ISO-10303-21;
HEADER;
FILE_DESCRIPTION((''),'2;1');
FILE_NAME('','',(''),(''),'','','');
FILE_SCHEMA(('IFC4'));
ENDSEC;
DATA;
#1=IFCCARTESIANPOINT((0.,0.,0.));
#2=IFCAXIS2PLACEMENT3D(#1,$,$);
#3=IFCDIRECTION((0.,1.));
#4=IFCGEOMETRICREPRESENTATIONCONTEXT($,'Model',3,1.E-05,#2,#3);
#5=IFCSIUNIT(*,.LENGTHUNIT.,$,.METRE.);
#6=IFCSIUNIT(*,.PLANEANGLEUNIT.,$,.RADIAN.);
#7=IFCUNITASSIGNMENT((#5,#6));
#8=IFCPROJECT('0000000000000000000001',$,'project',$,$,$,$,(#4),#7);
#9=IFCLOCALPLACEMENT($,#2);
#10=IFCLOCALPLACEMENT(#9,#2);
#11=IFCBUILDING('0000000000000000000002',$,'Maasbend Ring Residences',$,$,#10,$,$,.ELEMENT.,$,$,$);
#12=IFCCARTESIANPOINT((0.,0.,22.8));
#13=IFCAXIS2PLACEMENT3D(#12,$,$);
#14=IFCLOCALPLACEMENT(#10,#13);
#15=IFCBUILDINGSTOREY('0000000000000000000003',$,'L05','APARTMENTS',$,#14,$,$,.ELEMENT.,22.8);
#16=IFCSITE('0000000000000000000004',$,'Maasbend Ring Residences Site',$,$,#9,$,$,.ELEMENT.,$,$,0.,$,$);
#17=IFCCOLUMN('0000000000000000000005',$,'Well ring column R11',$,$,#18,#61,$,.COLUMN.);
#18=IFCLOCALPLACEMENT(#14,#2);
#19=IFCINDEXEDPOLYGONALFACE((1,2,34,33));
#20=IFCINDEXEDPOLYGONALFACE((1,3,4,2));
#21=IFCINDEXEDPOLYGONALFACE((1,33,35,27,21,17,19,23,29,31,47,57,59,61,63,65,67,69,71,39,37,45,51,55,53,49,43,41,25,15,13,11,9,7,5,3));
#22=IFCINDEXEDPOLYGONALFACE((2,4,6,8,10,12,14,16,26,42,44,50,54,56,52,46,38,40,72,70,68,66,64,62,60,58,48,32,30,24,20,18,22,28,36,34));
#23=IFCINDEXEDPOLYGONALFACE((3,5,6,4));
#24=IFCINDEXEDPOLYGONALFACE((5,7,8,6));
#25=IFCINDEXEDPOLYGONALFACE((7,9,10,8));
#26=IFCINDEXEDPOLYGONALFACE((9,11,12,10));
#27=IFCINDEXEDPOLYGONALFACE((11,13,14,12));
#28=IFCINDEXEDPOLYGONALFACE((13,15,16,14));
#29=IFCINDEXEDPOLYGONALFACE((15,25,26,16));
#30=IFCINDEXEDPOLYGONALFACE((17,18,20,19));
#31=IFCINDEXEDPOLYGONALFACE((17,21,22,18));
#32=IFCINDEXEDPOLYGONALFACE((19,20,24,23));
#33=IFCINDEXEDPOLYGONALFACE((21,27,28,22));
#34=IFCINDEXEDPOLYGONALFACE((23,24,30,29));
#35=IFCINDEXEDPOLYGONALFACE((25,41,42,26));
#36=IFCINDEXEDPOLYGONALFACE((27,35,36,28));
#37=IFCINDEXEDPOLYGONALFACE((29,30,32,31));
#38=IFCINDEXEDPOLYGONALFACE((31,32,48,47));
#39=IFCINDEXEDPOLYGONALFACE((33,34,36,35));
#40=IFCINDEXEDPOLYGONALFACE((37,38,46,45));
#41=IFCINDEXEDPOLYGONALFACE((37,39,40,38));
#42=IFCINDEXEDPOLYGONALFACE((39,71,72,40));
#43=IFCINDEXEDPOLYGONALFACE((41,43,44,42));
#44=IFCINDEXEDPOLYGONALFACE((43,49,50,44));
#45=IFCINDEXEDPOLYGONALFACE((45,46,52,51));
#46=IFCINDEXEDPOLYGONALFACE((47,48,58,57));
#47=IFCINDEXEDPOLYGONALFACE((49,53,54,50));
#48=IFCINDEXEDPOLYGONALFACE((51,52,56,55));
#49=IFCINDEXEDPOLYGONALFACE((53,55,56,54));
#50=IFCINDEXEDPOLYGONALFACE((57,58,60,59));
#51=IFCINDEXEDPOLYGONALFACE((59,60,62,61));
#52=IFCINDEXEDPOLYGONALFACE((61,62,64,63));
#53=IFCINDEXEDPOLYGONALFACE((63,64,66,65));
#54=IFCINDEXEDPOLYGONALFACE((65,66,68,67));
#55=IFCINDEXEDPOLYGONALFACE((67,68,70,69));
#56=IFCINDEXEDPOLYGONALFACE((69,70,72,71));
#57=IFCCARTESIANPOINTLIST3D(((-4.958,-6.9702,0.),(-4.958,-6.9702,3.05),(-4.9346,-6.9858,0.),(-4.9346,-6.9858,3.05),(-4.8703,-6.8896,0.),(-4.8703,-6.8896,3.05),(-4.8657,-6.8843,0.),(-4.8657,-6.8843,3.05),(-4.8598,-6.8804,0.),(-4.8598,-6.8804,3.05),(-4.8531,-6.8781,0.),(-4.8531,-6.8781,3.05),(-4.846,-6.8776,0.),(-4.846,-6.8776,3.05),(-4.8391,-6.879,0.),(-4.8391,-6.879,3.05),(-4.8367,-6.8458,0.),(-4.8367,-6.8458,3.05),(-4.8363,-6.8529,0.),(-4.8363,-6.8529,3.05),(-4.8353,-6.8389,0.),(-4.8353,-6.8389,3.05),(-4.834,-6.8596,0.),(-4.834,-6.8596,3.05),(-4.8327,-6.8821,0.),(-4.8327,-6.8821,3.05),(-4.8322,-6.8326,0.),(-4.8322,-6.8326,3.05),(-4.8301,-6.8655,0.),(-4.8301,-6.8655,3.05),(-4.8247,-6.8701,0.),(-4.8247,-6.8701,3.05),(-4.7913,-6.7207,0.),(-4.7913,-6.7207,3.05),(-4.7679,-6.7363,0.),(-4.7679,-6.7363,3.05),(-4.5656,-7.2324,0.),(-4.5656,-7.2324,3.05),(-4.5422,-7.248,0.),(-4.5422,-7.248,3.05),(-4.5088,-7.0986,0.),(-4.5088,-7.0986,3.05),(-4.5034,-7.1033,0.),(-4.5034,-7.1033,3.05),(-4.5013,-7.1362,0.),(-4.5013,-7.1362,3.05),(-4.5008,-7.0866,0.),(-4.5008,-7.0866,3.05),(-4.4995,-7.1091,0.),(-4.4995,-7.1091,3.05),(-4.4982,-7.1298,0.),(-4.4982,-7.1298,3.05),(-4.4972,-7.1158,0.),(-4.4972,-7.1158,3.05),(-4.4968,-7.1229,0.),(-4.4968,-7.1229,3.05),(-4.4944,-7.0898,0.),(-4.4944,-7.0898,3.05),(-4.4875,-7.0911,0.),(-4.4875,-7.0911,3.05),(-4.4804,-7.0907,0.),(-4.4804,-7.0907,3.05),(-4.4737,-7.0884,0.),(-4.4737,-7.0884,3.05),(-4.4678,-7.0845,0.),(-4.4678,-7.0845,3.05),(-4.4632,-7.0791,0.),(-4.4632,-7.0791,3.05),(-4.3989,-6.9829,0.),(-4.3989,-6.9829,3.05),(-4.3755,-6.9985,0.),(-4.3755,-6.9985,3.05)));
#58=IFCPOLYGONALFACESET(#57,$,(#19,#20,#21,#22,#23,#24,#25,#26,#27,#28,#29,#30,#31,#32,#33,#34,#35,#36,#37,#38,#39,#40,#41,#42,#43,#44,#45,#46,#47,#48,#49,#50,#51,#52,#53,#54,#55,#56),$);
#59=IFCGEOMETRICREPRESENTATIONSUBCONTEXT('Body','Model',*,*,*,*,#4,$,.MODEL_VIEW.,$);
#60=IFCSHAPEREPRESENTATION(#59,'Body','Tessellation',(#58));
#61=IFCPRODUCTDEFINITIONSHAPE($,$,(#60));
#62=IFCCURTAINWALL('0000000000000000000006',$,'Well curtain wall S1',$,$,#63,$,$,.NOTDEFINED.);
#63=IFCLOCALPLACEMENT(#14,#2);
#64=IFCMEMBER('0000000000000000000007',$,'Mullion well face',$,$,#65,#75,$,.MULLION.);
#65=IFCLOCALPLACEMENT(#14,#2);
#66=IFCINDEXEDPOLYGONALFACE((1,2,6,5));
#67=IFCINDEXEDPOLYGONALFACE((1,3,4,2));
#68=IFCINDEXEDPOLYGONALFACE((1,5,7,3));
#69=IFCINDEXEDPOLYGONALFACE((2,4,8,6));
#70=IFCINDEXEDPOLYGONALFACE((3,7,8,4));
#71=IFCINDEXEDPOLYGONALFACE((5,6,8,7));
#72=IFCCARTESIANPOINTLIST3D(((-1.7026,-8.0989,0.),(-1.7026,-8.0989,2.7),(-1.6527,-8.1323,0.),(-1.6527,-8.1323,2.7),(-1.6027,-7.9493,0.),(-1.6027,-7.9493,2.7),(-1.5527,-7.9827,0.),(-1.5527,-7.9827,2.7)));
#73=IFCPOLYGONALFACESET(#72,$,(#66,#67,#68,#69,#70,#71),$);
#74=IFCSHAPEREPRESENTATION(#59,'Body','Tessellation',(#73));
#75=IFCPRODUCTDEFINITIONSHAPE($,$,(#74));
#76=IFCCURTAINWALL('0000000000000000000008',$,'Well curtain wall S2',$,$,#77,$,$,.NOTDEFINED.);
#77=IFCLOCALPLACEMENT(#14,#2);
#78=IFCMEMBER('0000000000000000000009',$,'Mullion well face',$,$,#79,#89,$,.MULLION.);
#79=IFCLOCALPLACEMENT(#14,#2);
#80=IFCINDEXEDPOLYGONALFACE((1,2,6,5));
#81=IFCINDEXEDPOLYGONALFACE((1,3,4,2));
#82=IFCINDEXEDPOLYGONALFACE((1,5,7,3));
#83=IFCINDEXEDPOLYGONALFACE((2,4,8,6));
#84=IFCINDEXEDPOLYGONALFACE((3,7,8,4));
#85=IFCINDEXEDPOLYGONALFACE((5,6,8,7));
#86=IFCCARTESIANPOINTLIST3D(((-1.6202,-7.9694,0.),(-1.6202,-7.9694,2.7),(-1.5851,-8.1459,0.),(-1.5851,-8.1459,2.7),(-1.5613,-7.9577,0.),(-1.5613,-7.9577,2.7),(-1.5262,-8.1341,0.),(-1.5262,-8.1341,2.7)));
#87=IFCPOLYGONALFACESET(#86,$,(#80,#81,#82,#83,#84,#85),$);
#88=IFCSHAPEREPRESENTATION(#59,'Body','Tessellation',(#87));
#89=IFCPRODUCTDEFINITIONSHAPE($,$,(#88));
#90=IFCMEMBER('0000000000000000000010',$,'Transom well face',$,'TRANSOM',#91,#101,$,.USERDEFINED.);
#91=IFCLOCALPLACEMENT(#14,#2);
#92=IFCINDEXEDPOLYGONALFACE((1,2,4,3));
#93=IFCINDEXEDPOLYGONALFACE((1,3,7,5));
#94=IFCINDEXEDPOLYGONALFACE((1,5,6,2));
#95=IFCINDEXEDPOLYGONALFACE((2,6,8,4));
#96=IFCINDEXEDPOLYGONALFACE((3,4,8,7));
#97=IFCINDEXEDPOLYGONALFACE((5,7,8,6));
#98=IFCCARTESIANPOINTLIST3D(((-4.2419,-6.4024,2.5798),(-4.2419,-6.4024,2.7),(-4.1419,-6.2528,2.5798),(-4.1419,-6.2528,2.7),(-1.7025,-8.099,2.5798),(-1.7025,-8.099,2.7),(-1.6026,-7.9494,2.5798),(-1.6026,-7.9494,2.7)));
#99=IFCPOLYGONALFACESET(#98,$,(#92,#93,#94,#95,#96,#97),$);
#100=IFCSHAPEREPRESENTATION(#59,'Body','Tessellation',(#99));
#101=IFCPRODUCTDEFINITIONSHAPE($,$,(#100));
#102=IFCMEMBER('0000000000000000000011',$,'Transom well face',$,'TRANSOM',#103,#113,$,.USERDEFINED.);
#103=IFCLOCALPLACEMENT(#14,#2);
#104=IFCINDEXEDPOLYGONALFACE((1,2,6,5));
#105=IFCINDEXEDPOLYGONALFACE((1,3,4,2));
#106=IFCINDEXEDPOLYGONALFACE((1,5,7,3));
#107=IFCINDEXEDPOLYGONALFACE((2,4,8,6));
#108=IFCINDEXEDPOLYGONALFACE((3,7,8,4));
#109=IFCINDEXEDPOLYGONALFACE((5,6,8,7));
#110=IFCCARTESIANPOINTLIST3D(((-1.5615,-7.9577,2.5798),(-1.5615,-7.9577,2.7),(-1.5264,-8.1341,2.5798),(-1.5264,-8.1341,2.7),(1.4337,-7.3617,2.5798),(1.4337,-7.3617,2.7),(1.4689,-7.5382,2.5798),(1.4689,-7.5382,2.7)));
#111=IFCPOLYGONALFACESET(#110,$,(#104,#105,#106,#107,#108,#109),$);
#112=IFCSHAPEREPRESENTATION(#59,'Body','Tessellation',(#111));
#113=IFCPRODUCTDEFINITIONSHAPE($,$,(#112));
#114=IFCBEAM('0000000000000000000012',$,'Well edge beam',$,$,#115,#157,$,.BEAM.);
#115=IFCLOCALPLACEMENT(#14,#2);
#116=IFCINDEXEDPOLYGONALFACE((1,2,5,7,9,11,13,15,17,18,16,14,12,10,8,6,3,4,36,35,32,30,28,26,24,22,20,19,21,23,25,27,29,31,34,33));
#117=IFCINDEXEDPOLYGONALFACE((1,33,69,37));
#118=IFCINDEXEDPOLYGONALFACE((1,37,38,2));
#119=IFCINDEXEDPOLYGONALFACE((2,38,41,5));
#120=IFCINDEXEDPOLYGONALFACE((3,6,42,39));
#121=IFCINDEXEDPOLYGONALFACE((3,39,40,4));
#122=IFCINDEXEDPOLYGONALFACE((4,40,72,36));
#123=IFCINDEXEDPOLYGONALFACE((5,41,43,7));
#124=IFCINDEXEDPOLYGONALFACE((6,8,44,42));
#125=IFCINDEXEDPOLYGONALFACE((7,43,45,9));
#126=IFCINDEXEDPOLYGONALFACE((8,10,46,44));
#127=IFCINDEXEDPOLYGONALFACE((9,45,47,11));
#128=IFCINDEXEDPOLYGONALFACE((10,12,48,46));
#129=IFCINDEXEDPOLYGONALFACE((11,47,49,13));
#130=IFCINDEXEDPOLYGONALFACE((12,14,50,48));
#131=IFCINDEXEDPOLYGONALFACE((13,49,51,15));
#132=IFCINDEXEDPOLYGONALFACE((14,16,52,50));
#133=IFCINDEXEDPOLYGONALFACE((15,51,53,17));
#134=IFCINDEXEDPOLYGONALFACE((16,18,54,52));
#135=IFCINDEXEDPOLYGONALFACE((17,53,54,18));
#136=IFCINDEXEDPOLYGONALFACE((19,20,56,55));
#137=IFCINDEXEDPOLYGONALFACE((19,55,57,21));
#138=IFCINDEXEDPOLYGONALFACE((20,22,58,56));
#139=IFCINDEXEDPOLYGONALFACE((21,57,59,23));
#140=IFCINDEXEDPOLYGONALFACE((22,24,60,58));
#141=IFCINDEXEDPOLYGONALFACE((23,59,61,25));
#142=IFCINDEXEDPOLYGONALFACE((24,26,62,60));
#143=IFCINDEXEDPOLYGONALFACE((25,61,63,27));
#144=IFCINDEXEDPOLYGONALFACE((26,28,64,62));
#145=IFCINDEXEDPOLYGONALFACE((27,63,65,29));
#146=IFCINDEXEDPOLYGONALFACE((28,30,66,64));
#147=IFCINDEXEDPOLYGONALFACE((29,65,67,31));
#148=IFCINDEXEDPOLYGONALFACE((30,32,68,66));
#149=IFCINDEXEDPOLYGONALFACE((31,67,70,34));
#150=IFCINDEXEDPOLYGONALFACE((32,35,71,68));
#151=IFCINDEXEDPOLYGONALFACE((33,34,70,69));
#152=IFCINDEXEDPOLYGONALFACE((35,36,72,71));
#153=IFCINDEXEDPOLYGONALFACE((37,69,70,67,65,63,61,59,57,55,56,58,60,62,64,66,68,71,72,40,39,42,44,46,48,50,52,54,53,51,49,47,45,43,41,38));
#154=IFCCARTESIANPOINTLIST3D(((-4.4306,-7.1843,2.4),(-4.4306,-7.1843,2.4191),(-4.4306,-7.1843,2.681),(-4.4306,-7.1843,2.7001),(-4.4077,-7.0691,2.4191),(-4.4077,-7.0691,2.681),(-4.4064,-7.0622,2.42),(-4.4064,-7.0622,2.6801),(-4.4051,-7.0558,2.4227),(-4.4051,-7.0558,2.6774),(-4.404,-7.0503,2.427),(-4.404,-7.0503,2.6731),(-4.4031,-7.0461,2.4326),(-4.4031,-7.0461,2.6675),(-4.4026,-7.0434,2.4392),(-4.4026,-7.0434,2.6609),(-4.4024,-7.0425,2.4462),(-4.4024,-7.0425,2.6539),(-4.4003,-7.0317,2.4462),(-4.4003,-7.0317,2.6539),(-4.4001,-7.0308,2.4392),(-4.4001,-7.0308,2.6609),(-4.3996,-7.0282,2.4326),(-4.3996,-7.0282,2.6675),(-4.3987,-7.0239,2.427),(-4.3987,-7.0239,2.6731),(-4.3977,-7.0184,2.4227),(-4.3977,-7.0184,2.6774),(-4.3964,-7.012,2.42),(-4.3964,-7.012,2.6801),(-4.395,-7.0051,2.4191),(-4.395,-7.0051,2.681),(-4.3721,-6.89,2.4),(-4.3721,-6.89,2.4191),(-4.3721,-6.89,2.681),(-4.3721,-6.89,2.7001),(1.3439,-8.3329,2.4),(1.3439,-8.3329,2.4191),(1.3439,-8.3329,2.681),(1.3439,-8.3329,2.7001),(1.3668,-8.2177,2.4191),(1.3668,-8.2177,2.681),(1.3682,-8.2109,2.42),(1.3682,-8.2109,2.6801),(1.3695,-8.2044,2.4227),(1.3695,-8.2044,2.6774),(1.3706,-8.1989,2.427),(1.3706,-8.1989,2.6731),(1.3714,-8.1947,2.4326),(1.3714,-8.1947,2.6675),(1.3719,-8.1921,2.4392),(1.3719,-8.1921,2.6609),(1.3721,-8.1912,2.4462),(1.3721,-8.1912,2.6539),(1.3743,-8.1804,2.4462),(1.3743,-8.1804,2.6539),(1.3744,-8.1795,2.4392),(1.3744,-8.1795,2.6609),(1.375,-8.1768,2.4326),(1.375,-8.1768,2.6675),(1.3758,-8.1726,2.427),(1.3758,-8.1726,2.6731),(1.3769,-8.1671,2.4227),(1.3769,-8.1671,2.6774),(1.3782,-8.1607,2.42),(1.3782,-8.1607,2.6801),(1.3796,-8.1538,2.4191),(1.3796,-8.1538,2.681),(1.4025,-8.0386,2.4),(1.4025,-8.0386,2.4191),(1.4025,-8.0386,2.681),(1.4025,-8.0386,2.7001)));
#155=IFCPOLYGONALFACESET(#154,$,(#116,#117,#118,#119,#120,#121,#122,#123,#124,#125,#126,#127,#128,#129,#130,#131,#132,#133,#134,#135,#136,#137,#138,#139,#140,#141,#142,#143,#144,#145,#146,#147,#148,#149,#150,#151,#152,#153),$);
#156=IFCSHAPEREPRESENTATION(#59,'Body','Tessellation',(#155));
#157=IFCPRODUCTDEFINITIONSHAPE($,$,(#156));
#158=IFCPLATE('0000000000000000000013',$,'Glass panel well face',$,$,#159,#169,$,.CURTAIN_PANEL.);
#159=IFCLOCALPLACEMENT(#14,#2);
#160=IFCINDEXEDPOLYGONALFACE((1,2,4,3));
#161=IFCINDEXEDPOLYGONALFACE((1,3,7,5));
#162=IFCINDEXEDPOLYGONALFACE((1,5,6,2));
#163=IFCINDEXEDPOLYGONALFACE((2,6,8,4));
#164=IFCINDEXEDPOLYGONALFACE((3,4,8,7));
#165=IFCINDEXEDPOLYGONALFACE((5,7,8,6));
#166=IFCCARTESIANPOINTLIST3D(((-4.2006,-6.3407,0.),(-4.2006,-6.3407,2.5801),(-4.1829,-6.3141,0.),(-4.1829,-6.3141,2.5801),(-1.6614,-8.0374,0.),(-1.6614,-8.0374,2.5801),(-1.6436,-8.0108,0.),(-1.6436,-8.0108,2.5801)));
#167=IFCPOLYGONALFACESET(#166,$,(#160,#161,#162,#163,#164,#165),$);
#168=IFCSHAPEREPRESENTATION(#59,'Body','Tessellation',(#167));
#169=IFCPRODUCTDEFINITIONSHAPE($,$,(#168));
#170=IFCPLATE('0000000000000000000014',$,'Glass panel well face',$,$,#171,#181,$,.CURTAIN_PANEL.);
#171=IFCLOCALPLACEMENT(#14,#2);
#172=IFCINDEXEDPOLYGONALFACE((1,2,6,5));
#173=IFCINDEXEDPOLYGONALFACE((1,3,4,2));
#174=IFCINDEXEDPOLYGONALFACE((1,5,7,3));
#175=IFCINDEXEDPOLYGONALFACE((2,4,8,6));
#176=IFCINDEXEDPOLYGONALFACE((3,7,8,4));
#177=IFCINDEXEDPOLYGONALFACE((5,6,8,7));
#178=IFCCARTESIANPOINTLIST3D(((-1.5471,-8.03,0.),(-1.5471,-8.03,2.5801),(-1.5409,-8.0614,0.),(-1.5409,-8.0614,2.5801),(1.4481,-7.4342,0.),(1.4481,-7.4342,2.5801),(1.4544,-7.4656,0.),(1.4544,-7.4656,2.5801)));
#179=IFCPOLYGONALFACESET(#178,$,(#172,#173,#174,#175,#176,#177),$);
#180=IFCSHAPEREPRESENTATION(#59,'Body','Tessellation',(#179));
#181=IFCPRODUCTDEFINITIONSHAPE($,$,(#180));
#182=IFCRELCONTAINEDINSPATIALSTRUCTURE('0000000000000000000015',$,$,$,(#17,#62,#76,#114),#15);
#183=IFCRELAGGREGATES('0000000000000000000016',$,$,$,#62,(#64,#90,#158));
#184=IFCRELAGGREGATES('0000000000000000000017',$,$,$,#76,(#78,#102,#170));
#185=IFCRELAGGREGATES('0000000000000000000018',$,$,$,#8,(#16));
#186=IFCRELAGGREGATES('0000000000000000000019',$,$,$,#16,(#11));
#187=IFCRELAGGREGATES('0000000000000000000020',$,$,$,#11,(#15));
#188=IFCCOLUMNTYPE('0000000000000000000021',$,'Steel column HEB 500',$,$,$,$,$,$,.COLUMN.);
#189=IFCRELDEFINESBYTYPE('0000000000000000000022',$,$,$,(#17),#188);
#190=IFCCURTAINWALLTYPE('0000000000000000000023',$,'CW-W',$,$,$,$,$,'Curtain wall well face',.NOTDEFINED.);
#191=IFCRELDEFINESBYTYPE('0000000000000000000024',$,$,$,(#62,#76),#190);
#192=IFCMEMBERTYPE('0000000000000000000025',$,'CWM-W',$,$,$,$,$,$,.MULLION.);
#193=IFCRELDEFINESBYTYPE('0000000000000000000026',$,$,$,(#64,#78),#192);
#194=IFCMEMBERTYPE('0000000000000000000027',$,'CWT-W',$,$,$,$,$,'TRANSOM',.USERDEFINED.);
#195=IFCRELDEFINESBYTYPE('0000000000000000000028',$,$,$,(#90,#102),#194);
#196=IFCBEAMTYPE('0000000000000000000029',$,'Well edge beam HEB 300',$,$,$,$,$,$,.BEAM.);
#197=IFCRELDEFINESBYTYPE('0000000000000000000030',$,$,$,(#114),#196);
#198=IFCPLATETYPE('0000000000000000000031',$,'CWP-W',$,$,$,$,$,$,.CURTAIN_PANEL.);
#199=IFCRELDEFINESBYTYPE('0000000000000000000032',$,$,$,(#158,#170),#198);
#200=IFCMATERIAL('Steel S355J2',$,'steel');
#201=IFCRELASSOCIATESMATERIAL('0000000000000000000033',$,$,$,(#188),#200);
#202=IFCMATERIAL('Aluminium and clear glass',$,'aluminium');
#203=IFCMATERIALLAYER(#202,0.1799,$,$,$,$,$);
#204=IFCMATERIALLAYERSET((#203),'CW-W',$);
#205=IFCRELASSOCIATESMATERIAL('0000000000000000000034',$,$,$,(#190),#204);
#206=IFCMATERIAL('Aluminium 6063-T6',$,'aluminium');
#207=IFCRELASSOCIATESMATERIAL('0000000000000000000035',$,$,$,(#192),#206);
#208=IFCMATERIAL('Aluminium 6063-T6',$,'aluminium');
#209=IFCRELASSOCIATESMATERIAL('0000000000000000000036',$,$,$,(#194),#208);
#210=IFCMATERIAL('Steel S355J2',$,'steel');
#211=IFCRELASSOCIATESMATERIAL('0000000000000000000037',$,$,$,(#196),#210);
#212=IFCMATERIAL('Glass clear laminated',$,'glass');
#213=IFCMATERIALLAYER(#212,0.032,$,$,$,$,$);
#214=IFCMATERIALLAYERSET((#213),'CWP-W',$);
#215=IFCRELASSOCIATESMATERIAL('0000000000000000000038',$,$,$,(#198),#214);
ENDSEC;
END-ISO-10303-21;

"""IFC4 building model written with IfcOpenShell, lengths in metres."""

from ifc_helpers import new_model, si_unit, direction, frame, origin, origin_2d, place, context, subcontext, project, spatial, rectangle, i_section, extrude, material, layer, layer_set, material_profile, profile_set, type_object, element, aggregate, save


model = new_model("IFC4")

# Units and contexts
model_context = context("Model", 3, precision=1e-05, world=origin(), true_north=direction((0.0, 1.0)))
body_context = subcontext(model_context, "Body", "Model", "MODEL_VIEW")
ifc_project = project(units=[si_unit("LENGTHUNIT", "METRE"), si_unit("PLANEANGLEUNIT", "RADIAN")], contexts=[model_context])

# Site, building, storey
site_placement = place(None, origin())
site = spatial("IfcSite", under=ifc_project, at=site_placement, Name="Maasbend Ring Residences Site", CompositionType="ELEMENT", RefElevation=0.0)
building_placement = place(site_placement, origin())
building = spatial("IfcBuilding", under=site, at=building_placement, Name="Maasbend Ring Residences", CompositionType="ELEMENT")
storey_placement = place(building_placement, frame((0.0, 0.0, 22.8)))
storey = spatial("IfcBuildingStorey", under=building, at=storey_placement, Name="L05", Description="APARTMENTS", CompositionType="ELEMENT", Elevation=22.8)

# Column
ifc_material_1 = material(Name="Steel S355J2", Category="steel")
ifc_material_profile_1 = material_profile(ifc_material_1, i_section(OverallWidth=0.3, OverallDepth=0.5, WebThickness=0.0144, FlangeThickness=0.0281, FilletRadius=0.0271, at=origin_2d()), Name="HEB 500")
ifc_profile_set_1 = profile_set([ifc_material_profile_1], Name="Steel S355J2")
column_type = type_object("IfcColumnType", Name="Steel column HEB 500", PredefinedType="COLUMN", material=ifc_profile_set_1)
column_placement = place(storey_placement, frame((-4.6667, -6.9844, 0.0), z_axis=(0.0, 0.0, 1.0), x_axis=(-0.55557, -0.83147, 0.0)))
element("IfcColumn", 1, at=column_placement, inside=storey, type_object=column_type, Name="Well ring column R11", PredefinedType="COLUMN", context=body_context, shape_type="SweptSolid", body=[
    extrude(i_section(OverallWidth=0.3, OverallDepth=0.5, WebThickness=0.0144, FlangeThickness=0.0281, FilletRadius=0.0271, at=origin_2d()), origin(), (0.0, 0.0, 1.0), 3.05),
])

# Curtain walls, members
ifc_material_2 = material(Name="Aluminium and clear glass", Category="aluminium")
ifc_layer_1 = layer(ifc_material_2, 0.1799)
ifc_layer_set_1 = layer_set([ifc_layer_1], Name="CW-W")
curtain_wall_type = type_object("IfcCurtainWallType", Name="CW-W", ElementType="Curtain wall well face", PredefinedType="NOTDEFINED", material=ifc_layer_set_1)
curtain_wall_1_placement = place(storey_placement, origin())
curtain_wall_1 = element("IfcCurtainWall", 2, at=curtain_wall_1_placement, inside=storey, type_object=curtain_wall_type, Name="Well curtain wall S1", PredefinedType="NOTDEFINED")
ifc_material_3 = material(Name="Aluminium 6063-T6", Category="aluminium")
ifc_material_profile_2 = material_profile(ifc_material_3, rectangle(XDim=0.1799, YDim=0.0601, at=origin_2d()), Name="AL 180x60")
ifc_profile_set_2 = profile_set([ifc_material_profile_2], Name="Aluminium 6063-T6")
member_type_1 = type_object("IfcMemberType", Name="CWM-W", PredefinedType="MULLION", material=ifc_profile_set_2)
member_1_placement = place(storey_placement, frame((-1.6277, -8.0408, 0.0), z_axis=(0.0, 0.0, 1.0), x_axis=(0.55557, 0.83147, 0.0)))
member_1 = element("IfcMember", 3, at=member_1_placement, type_object=member_type_1, Name="Mullion well face", PredefinedType="MULLION", context=body_context, shape_type="SweptSolid", body=[
    extrude(rectangle(XDim=0.1799, YDim=0.0601, at=origin_2d()), origin(), (0.0, 0.0, 1.0), 2.7),
])
curtain_wall_2_placement = place(storey_placement, origin())
curtain_wall_2 = element("IfcCurtainWall", 4, at=curtain_wall_2_placement, inside=storey, type_object=curtain_wall_type, Name="Well curtain wall S2", PredefinedType="NOTDEFINED")
member_2_placement = place(storey_placement, frame((-1.5732, -8.0518, 0.0), z_axis=(0.0, 0.0, 1.0), x_axis=(-0.19509, 0.980785, 0.0)))
member_2 = element("IfcMember", 5, at=member_2_placement, type_object=member_type_1, Name="Mullion well face", PredefinedType="MULLION", context=body_context, shape_type="SweptSolid", body=[
    extrude(rectangle(XDim=0.1799, YDim=0.0601, at=origin_2d()), origin(), (0.0, 0.0, 1.0), 2.7),
])

# Members
ifc_material_4 = material(Name="Aluminium 6063-T6", Category="aluminium")
ifc_material_profile_3 = material_profile(ifc_material_4, rectangle(XDim=0.1799, YDim=0.1201, at=origin_2d()), Name="AL 180x120")
ifc_profile_set_3 = profile_set([ifc_material_profile_3], Name="Aluminium 6063-T6")
member_type_2 = type_object("IfcMemberType", Name="CWT-W", ElementType="TRANSOM", PredefinedType="USERDEFINED", material=ifc_profile_set_3)
member_3_placement = place(storey_placement, frame((-4.1919, -6.3276, 2.6399), z_axis=(0.831496, -0.55553, 0.0), x_axis=(0.55553, 0.831496, 0.0)))
member_3 = element("IfcMember", 6, at=member_3_placement, type_object=member_type_2, Name="Transom well face", ObjectType="TRANSOM", PredefinedType="USERDEFINED", context=body_context, shape_type="SweptSolid", body=[
    extrude(rectangle(XDim=0.1799, YDim=0.1201, at=origin_2d()), origin(), (0.0, 0.0, 1.0), 3.054),
])
member_4_placement = place(storey_placement, frame((-1.5439, -8.0459, 2.6399), z_axis=(0.980777, 0.195132, 0.0), x_axis=(-0.195132, 0.980777, 0.0)))
member_4 = element("IfcMember", 7, at=member_4_placement, type_object=member_type_2, Name="Transom well face", ObjectType="TRANSOM", PredefinedType="USERDEFINED", context=body_context, shape_type="SweptSolid", body=[
    extrude(rectangle(XDim=0.1799, YDim=0.1201, at=origin_2d()), origin(), (0.0, 0.0, 1.0), 3.054),
])

# Beam
ifc_material_5 = material(Name="Steel S355J2", Category="steel")
ifc_material_profile_4 = material_profile(ifc_material_5, i_section(OverallWidth=0.3, OverallDepth=0.3, WebThickness=0.011, FlangeThickness=0.019, FilletRadius=0.0271, at=origin_2d()), Name="HEB 300")
ifc_profile_set_4 = profile_set([ifc_material_profile_4], Name="Steel S355J2")
beam_type = type_object("IfcBeamType", Name="Well edge beam HEB 300", PredefinedType="BEAM", material=ifc_profile_set_4)
beam_placement = place(storey_placement, frame((-4.4014, -7.0371, 2.55), z_axis=(0.980784, -0.195095, 0.0), x_axis=(0.195095, 0.980784, 0.0)))
element("IfcBeam", 8, at=beam_placement, inside=storey, type_object=beam_type, Name="Well edge beam", PredefinedType="BEAM", context=body_context, shape_type="SweptSolid", body=[
    extrude(i_section(OverallWidth=0.3, OverallDepth=0.3, WebThickness=0.011, FlangeThickness=0.019, FilletRadius=0.0271, at=origin_2d()), origin(), (0.0, 0.0, 1.0), 5.8877),
])

# Plates
ifc_material_6 = material(Name="Glass clear laminated", Category="glass")
ifc_layer_2 = layer(ifc_material_6, 0.032)
ifc_layer_set_2 = layer_set([ifc_layer_2], Name="CWP-W")
plate_type = type_object("IfcPlateType", Name="CWP-W", PredefinedType="CURTAIN_PANEL", material=ifc_layer_set_2)
plate_1_placement = place(storey_placement, frame((-2.9221, -7.1758, 0.0), z_axis=(0.0, 0.0, 1.0), x_axis=(0.83147, -0.55557, 0.0)))
plate_1 = element("IfcPlate", 9, at=plate_1_placement, type_object=plate_type, Name="Glass panel well face", PredefinedType="CURTAIN_PANEL", context=body_context, shape_type="SweptSolid", body=[
    extrude(rectangle(XDim=3.054, YDim=0.032, at=origin_2d()), origin(), (0.0, 0.0, 1.0), 2.5801),
])
aggregate(curtain_wall_1, [member_1, member_3, plate_1])
plate_2_placement = place(storey_placement, frame((-0.0464, -7.7478, 0.0), z_axis=(0.0, 0.0, 1.0), x_axis=(0.980785, 0.19509, 0.0)))
plate_2 = element("IfcPlate", 10, at=plate_2_placement, type_object=plate_type, Name="Glass panel well face", PredefinedType="CURTAIN_PANEL", context=body_context, shape_type="SweptSolid", body=[
    extrude(rectangle(XDim=3.054, YDim=0.032, at=origin_2d()), origin(), (0.0, 0.0, 1.0), 2.5801),
])
aggregate(curtain_wall_2, [member_2, member_4, plate_2])

save(model, "model.ifc")
